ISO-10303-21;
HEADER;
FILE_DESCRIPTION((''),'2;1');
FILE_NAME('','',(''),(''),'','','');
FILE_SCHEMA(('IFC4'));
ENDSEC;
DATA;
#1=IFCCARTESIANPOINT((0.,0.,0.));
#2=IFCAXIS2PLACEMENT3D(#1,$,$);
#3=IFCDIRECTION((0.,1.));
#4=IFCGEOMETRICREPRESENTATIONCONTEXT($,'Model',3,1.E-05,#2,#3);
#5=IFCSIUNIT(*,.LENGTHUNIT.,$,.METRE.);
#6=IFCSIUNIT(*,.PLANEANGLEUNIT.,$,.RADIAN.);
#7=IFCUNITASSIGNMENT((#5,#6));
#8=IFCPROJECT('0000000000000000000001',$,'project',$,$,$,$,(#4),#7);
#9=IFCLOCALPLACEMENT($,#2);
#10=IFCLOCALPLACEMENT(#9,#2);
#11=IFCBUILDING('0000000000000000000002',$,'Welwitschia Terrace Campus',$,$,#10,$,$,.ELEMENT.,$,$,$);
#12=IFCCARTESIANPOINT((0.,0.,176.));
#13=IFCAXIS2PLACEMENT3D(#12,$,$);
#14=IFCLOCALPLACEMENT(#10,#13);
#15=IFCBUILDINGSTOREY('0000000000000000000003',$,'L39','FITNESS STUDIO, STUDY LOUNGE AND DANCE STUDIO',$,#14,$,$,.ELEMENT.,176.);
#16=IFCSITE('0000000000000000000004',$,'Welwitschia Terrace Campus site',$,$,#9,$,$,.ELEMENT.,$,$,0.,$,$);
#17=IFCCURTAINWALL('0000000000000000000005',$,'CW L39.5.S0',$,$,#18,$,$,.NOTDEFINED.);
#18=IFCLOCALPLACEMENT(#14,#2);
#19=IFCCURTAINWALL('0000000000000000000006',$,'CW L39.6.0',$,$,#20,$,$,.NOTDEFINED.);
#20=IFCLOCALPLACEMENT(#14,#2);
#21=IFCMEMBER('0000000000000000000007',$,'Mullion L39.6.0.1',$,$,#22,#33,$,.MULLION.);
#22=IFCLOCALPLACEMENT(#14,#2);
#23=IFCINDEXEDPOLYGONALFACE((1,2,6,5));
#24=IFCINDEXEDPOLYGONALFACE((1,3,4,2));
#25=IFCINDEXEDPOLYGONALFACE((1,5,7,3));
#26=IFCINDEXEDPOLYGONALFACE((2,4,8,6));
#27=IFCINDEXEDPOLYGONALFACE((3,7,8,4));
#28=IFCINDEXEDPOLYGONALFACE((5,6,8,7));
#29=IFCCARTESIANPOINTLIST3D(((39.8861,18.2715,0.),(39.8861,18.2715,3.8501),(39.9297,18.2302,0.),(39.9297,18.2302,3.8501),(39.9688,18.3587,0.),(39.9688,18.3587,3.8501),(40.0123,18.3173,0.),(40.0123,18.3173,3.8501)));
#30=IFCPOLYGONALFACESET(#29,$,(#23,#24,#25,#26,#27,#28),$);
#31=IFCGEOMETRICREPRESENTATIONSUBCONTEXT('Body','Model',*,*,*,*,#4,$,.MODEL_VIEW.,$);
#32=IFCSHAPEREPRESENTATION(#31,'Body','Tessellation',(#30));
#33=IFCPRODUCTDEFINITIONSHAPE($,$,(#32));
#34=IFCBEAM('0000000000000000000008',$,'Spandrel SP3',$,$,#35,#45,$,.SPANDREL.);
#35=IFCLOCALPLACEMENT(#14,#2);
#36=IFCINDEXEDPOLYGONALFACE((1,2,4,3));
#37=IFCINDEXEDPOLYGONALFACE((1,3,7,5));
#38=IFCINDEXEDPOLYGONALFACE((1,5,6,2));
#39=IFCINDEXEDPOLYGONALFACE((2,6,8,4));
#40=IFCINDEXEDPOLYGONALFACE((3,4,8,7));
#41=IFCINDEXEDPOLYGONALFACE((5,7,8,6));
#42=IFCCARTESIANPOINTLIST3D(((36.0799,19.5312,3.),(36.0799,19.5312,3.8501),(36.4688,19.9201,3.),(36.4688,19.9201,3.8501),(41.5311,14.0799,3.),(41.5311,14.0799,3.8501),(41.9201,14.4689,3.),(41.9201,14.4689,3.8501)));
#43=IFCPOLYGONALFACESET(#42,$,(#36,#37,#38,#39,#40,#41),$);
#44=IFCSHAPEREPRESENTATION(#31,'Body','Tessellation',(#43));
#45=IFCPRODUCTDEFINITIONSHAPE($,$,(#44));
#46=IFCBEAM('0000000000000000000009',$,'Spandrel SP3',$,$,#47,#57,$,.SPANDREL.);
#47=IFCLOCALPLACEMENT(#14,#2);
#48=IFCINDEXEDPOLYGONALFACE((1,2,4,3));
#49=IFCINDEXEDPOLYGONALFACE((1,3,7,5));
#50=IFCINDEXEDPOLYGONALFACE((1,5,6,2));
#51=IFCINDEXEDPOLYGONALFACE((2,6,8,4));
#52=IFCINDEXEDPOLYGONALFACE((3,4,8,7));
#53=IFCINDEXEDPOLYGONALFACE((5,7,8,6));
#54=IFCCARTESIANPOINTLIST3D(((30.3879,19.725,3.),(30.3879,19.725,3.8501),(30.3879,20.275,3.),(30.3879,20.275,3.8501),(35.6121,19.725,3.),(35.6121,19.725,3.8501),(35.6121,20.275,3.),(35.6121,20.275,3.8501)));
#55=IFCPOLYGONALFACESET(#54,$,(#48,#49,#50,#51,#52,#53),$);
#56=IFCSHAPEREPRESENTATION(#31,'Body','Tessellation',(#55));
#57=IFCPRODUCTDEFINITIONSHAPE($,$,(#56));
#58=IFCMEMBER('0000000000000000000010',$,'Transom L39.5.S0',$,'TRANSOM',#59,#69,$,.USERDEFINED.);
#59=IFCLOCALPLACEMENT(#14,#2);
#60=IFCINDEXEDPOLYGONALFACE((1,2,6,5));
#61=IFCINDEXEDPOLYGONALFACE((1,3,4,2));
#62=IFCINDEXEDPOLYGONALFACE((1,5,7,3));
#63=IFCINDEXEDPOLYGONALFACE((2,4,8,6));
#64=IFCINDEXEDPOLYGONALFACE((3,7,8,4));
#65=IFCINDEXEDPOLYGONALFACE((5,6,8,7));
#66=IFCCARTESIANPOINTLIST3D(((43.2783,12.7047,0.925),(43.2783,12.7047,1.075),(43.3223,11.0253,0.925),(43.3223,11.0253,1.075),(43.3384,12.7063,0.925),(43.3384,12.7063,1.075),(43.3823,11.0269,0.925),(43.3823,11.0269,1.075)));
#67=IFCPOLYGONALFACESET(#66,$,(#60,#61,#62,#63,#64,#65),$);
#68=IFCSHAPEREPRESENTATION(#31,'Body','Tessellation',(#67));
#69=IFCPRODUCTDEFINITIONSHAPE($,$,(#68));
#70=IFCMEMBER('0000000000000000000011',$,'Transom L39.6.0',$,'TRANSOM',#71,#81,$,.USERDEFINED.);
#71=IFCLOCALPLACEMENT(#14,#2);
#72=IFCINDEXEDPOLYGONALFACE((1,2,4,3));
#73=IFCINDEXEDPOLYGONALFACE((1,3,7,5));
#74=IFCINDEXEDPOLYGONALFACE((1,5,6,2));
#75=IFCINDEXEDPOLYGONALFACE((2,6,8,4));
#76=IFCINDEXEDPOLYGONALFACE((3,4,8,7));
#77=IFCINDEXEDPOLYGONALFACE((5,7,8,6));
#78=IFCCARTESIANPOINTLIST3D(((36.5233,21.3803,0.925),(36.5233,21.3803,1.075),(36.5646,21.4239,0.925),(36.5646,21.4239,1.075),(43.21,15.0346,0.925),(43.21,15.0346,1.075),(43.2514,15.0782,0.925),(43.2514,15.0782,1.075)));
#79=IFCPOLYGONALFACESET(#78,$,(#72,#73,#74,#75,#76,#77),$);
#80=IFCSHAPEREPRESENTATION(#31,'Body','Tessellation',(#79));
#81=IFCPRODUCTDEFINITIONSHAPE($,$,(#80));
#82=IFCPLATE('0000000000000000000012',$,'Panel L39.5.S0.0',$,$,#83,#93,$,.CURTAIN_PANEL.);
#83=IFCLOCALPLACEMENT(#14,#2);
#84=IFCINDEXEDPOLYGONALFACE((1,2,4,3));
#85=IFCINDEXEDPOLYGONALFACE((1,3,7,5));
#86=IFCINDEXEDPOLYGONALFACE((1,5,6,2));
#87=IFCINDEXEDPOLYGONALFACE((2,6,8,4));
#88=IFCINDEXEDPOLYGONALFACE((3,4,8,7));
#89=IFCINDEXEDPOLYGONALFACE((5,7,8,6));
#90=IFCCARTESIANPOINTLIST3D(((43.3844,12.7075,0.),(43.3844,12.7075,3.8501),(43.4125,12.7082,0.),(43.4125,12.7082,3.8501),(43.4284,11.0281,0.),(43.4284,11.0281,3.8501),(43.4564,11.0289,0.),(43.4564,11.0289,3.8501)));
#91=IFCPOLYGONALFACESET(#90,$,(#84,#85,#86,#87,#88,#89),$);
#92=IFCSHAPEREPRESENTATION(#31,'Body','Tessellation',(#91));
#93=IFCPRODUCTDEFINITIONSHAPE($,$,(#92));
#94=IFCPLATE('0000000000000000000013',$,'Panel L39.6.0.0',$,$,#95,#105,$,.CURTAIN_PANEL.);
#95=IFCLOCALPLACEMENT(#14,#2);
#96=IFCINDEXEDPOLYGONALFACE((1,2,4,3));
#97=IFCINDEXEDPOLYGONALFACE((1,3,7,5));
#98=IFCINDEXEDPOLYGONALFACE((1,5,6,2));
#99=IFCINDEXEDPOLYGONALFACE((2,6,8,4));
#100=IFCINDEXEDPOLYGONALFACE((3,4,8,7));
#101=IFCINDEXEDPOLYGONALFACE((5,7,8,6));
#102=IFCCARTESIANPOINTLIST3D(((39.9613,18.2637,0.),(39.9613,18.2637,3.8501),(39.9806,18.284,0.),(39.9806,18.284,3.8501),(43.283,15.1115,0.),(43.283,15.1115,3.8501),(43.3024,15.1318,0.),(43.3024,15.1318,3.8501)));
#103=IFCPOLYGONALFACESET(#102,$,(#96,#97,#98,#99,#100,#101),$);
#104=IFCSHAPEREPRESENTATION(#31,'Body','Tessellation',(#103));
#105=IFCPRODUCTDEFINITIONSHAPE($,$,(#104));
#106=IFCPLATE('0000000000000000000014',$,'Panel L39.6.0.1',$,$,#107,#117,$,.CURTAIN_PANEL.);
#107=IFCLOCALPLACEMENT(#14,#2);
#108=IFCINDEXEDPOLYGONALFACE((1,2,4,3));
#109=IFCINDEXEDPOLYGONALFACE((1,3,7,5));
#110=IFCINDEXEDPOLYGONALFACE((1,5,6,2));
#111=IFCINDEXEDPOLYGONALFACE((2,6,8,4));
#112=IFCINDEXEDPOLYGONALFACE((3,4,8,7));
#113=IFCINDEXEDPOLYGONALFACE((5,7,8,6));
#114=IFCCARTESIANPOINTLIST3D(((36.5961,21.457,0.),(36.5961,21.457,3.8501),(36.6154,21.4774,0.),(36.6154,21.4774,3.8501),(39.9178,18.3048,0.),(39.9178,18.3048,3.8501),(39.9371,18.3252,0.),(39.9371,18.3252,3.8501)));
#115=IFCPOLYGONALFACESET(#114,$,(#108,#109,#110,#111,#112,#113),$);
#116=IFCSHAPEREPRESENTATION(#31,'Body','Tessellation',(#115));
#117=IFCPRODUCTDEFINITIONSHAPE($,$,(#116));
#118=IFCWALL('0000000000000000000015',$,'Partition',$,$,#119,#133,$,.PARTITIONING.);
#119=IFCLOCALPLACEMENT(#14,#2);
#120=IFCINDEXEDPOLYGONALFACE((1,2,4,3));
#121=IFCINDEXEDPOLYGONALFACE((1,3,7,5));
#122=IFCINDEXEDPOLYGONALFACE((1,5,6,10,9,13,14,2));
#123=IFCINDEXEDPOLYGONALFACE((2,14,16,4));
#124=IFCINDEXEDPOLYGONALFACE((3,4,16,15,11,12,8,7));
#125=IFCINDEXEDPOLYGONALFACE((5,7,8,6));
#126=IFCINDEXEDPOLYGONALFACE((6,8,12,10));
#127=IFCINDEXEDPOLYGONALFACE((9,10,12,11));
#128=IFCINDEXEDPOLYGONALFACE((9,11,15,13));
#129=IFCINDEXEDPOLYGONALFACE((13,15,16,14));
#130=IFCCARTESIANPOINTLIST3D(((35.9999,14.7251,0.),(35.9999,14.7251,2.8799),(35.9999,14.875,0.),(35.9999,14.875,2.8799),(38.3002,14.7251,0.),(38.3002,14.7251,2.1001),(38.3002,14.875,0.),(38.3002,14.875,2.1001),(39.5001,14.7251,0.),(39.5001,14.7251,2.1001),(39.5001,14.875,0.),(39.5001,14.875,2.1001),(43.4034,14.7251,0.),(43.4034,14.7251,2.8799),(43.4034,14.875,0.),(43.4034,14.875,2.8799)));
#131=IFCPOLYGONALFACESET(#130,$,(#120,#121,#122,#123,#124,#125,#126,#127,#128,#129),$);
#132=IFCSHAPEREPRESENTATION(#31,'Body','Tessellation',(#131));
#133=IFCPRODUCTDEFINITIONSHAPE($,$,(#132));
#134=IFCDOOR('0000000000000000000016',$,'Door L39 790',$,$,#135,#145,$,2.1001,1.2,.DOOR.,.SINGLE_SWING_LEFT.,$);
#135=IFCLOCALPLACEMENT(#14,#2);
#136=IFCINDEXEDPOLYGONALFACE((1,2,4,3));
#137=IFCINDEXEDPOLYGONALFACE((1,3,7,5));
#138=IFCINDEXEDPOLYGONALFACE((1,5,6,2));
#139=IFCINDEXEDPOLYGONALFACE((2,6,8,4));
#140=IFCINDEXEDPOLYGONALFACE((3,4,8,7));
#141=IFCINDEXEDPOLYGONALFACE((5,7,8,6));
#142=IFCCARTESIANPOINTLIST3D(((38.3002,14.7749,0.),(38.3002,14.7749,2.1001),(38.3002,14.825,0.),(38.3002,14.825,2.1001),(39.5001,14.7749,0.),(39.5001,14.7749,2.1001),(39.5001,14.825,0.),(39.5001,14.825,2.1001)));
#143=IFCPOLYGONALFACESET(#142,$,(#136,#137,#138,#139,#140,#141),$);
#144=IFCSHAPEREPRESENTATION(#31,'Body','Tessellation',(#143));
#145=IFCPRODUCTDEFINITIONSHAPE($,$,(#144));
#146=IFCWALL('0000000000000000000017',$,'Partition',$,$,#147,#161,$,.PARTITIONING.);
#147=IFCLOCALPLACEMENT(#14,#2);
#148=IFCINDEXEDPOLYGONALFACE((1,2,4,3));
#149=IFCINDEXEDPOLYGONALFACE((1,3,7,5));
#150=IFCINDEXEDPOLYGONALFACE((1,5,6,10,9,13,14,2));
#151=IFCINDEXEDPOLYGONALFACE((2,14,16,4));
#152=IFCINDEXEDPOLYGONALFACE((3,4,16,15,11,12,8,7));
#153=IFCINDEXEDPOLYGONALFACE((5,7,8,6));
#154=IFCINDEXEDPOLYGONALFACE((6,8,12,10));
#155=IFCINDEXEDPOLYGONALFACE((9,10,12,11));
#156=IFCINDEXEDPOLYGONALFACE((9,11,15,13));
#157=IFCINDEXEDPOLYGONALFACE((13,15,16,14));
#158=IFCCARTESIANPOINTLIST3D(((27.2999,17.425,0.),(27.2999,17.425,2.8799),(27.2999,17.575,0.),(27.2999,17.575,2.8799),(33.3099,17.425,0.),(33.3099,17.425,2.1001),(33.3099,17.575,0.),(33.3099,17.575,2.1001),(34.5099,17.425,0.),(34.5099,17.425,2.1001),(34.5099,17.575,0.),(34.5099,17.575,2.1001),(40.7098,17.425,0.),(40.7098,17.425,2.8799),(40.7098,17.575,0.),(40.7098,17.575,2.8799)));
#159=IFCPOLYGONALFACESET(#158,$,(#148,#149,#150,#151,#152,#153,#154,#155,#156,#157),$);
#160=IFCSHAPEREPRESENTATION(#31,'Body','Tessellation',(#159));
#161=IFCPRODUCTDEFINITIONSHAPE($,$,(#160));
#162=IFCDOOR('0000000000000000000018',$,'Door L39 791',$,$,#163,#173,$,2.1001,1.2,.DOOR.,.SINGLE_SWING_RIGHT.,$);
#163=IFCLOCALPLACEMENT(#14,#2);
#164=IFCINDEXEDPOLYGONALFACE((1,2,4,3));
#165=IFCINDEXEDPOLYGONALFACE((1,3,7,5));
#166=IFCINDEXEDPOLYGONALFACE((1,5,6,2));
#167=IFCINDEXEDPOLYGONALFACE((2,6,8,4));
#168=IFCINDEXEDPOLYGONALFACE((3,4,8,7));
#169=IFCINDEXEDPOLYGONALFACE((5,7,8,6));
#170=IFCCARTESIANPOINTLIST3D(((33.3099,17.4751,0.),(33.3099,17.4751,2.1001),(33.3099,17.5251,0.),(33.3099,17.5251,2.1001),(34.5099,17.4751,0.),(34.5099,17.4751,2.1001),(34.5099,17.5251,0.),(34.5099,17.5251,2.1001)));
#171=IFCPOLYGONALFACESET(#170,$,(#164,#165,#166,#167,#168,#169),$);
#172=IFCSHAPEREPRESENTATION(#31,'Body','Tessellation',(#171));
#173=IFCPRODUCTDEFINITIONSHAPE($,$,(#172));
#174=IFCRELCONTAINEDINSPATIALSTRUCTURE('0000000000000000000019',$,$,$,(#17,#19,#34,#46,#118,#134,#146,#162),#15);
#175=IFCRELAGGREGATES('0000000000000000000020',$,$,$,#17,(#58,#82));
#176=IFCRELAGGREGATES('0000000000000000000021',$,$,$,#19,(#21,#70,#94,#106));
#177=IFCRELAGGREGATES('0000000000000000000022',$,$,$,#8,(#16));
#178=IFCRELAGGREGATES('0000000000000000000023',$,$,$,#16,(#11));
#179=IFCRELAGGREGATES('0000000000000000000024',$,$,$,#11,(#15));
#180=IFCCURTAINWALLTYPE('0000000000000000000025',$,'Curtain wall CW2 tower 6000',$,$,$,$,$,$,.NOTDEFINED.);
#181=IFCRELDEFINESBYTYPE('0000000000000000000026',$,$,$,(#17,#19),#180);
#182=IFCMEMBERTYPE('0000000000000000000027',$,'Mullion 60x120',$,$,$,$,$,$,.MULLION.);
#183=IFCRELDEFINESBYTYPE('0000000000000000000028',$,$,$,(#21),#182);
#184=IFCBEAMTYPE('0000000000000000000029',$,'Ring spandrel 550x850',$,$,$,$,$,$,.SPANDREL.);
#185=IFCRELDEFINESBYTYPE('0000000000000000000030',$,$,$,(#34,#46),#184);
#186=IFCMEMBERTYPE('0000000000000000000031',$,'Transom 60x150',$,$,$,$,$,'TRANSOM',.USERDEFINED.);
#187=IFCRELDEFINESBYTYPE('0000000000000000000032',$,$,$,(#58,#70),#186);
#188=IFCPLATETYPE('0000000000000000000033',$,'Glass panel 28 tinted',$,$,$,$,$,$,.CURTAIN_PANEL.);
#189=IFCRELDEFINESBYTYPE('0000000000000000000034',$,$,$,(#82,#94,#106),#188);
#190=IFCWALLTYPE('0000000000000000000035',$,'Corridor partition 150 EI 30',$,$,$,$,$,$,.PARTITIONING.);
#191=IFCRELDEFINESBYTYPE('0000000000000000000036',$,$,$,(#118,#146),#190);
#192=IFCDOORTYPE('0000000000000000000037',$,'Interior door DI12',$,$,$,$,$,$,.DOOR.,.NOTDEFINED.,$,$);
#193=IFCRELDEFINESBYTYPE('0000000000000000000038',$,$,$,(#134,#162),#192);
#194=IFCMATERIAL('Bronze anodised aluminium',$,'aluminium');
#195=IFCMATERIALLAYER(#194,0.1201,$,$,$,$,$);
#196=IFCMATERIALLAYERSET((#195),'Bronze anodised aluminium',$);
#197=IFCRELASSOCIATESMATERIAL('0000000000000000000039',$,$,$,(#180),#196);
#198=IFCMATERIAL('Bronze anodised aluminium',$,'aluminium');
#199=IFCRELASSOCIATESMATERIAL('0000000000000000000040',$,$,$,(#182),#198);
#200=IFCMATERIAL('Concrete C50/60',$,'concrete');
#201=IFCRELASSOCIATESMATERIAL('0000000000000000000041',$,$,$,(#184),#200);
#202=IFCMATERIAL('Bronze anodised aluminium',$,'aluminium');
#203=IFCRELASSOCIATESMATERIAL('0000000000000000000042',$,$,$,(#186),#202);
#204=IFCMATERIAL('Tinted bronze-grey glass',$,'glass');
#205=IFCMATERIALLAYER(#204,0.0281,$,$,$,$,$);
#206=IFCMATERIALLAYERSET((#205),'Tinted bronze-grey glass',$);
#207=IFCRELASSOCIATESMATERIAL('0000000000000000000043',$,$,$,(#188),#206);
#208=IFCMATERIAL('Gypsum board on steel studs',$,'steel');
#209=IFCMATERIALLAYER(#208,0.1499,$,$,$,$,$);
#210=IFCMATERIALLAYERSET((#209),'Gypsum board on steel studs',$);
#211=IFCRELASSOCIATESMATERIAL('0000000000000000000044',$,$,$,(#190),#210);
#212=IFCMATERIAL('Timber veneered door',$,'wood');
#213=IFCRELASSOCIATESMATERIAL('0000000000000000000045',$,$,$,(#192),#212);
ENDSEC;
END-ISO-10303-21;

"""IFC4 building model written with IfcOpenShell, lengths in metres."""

from ifc_helpers import new_model, si_unit, direction, frame, frame_2d, origin, origin_2d, place, context, subcontext, project, spatial, rectangle, extrude, material, layer, layer_set, material_profile, profile_set, type_object, element, fill, aggregate, save


model = new_model("IFC4")

# Units and contexts
model_context = context("Model", 3, precision=1e-05, world=origin(), true_north=direction((0.0, 1.0)))
body_context = subcontext(model_context, "Body", "Model", "MODEL_VIEW")
ifc_project = project(units=[si_unit("LENGTHUNIT", "METRE"), si_unit("PLANEANGLEUNIT", "RADIAN")], contexts=[model_context])

# Site, building, storey
site_placement = place(None, origin())
site = spatial("IfcSite", under=ifc_project, at=site_placement, Name="Welwitschia Terrace Campus site", CompositionType="ELEMENT", RefElevation=0.0)
building_placement = place(site_placement, origin())
building = spatial("IfcBuilding", under=site, at=building_placement, Name="Welwitschia Terrace Campus", CompositionType="ELEMENT")
storey_placement = place(building_placement, frame((0.0, 0.0, 176.0)))
storey = spatial("IfcBuildingStorey", under=building, at=storey_placement, Name="L39", Description="FITNESS STUDIO, STUDY LOUNGE AND DANCE STUDIO", CompositionType="ELEMENT", Elevation=176.0)

# Curtain walls, member
ifc_material_1 = material(Name="Bronze anodised aluminium", Category="aluminium")
ifc_layer_1 = layer(ifc_material_1, 0.1201)
ifc_layer_set_1 = layer_set([ifc_layer_1], Name="Bronze anodised aluminium")
curtain_wall_type = type_object("IfcCurtainWallType", Name="Curtain wall CW2 tower 6000", PredefinedType="NOTDEFINED", material=ifc_layer_set_1)
curtain_wall_1_placement = place(storey_placement, origin())
curtain_wall_1 = element("IfcCurtainWall", 1, at=curtain_wall_1_placement, inside=storey, type_object=curtain_wall_type, Name="CW L39.5.S0", PredefinedType="NOTDEFINED")
ifc_material_2 = material(Name="Bronze anodised aluminium", Category="aluminium")
ifc_material_profile_1 = material_profile(ifc_material_2, rectangle(XDim=0.1201, YDim=0.0601, at=origin_2d()))
ifc_profile_set_1 = profile_set([ifc_material_profile_1], Name="Bronze anodised aluminium")
member_type_1 = type_object("IfcMemberType", Name="Mullion 60x120", PredefinedType="MULLION", material=ifc_profile_set_1)
curtain_wall_2_placement = place(storey_placement, origin())
curtain_wall_2 = element("IfcCurtainWall", 2, at=curtain_wall_2_placement, inside=storey, type_object=curtain_wall_type, Name="CW L39.6.0", PredefinedType="NOTDEFINED")
member_1_placement = place(storey_placement, frame((39.9492, 18.2944, 0.0), z_axis=(0.0, 0.0, 1.0), x_axis=(-0.688355, -0.725374, 0.0)))
member_1 = element("IfcMember", 3, at=member_1_placement, type_object=member_type_1, Name="Mullion L39.6.0.1", PredefinedType="MULLION", context=body_context, shape_type="SweptSolid", body=[
    extrude(rectangle(XDim=0.1201, YDim=0.0601, at=origin_2d()), origin(), (0.0, 0.0, 1.0), 3.8501),
])

# Beams
ifc_material_3 = material(Name="Concrete C50/60", Category="concrete")
ifc_material_profile_2 = material_profile(ifc_material_3, rectangle(XDim=0.55, YDim=0.8501, at=origin_2d()))
ifc_profile_set_2 = profile_set([ifc_material_profile_2], Name="Concrete C50/60")
beam_type_1 = type_object("IfcBeamType", Name="Ring spandrel 550x850", PredefinedType="SPANDREL", material=ifc_profile_set_2)
beam_1_placement = place(storey_placement, frame((41.7256, 14.2744, 3.425), z_axis=(-0.707107, 0.707107, 0.0), x_axis=(-0.707107, -0.707107, 0.0)))
element("IfcBeam", 4, at=beam_1_placement, inside=storey, type_object=beam_type_1, Name="Spandrel SP3", PredefinedType="SPANDREL", context=body_context, shape_type="SweptSolid", body=[
    extrude(rectangle(XDim=0.55, YDim=0.8501, at=origin_2d()), origin(), (0.0, 0.0, 1.0), 7.7092),
])
beam_2_placement = place(storey_placement, frame((35.6121, 20.0, 3.425), z_axis=(-1.0, 0.0, 0.0), x_axis=(0.0, -1.0, 0.0)))
element("IfcBeam", 5, at=beam_2_placement, inside=storey, type_object=beam_type_1, Name="Spandrel SP3", PredefinedType="SPANDREL", context=body_context, shape_type="SweptSolid", body=[
    extrude(rectangle(XDim=0.55, YDim=0.8501, at=origin_2d()), origin(), (0.0, 0.0, 1.0), 5.2241),
])

# Members
ifc_material_4 = material(Name="Bronze anodised aluminium", Category="aluminium")
ifc_material_profile_3 = material_profile(ifc_material_4, rectangle(XDim=0.0601, YDim=0.1499, at=origin_2d()))
ifc_profile_set_3 = profile_set([ifc_material_profile_3], Name="Bronze anodised aluminium")
member_type_2 = type_object("IfcMemberType", Name="Transom 60x150", ElementType="TRANSOM", PredefinedType="USERDEFINED", material=ifc_profile_set_3)
member_2_placement = place(storey_placement, frame((43.3523, 11.0261, 1.0), z_axis=(-0.026158, 0.999658, 0.0), x_axis=(-0.999658, -0.026158, 0.0)))
member_2 = element("IfcMember", 6, at=member_2_placement, type_object=member_type_2, Name="Transom L39.5.S0", ObjectType="TRANSOM", PredefinedType="USERDEFINED", context=body_context, shape_type="SweptSolid", body=[
    extrude(rectangle(XDim=0.0601, YDim=0.1499, at=origin_2d()), origin(), (0.0, 0.0, 1.0), 1.6799),
])
member_3_placement = place(storey_placement, frame((43.2307, 15.0564, 1.0), z_axis=(-0.725364, 0.688366, 0.0), x_axis=(-0.688366, -0.725364, 0.0)))
member_3 = element("IfcMember", 7, at=member_3_placement, type_object=member_type_2, Name="Transom L39.6.0", ObjectType="TRANSOM", PredefinedType="USERDEFINED", context=body_context, shape_type="SweptSolid", body=[
    extrude(rectangle(XDim=0.0601, YDim=0.1499, at=origin_2d()), origin(), (0.0, 0.0, 1.0), 9.2185),
])

# Plates
ifc_material_5 = material(Name="Tinted bronze-grey glass", Category="glass")
ifc_layer_2 = layer(ifc_material_5, 0.0281)
ifc_layer_set_2 = layer_set([ifc_layer_2], Name="Tinted bronze-grey glass")
plate_type = type_object("IfcPlateType", Name="Glass panel 28 tinted", PredefinedType="CURTAIN_PANEL", material=ifc_layer_set_2)
plate_1_placement = place(storey_placement, frame((43.4204, 11.8682, 0.0), z_axis=(0.0, 0.0, 1.0), x_axis=(-0.026177, 0.999657, 0.0)))
plate_1 = element("IfcPlate", 8, at=plate_1_placement, type_object=plate_type, Name="Panel L39.5.S0.0", PredefinedType="CURTAIN_PANEL", context=body_context, shape_type="SweptSolid", body=[
    extrude(rectangle(XDim=1.6799, YDim=0.0281, at=origin_2d()), origin(), (0.0, 0.0, 1.0), 3.8501),
])
aggregate(curtain_wall_1, [member_2, plate_1])
plate_2_placement = place(storey_placement, frame((41.6318, 16.6978, 0.0), z_axis=(0.0, 0.0, 1.0), x_axis=(-0.725374, 0.688355, 0.0)))
plate_2 = element("IfcPlate", 9, at=plate_2_placement, type_object=plate_type, Name="Panel L39.6.0.0", PredefinedType="CURTAIN_PANEL", context=body_context, shape_type="SweptSolid", body=[
    extrude(rectangle(XDim=4.5793, YDim=0.0281, at=origin_2d()), origin(), (0.0, 0.0, 1.0), 3.8501),
])
plate_3_placement = place(storey_placement, frame((38.2666, 19.8911, 0.0), z_axis=(0.0, 0.0, 1.0), x_axis=(-0.725374, 0.688355, 0.0)))
plate_3 = element("IfcPlate", 10, at=plate_3_placement, type_object=plate_type, Name="Panel L39.6.0.1", PredefinedType="CURTAIN_PANEL", context=body_context, shape_type="SweptSolid", body=[
    extrude(rectangle(XDim=4.5793, YDim=0.0281, at=origin_2d()), origin(), (0.0, 0.0, 1.0), 3.8501),
])
aggregate(curtain_wall_2, [member_1, member_3, plate_2, plate_3])

# Walls, openings, doors
ifc_material_6 = material(Name="Gypsum board on steel studs", Category="steel")
ifc_layer_3 = layer(ifc_material_6, 0.1499)
ifc_layer_set_3 = layer_set([ifc_layer_3], Name="Gypsum board on steel studs")
wall_type_1 = type_object("IfcWallType", Name="Corridor partition 150 EI 30", PredefinedType="PARTITIONING", material=ifc_layer_set_3)
wall_1_placement = place(storey_placement, frame((36.0, 14.8, 0.0), z_axis=(0.0, 0.0, 1.0), x_axis=(1.0, 0.0, 0.0)))
wall_1 = element("IfcWall", 11, at=wall_1_placement, inside=storey, type_object=wall_type_1, Name="Partition", PredefinedType="PARTITIONING", context=body_context, shape_type="SweptSolid", body=[
    extrude(rectangle(XDim=7.4036, YDim=0.1499, at=frame_2d((3.7017, 0.0))), origin(), (0.0, 0.0, 1.0), 2.8799),
])
opening_1_placement = place(wall_1_placement, frame((2.3, 0.0, 0.0)))
opening_1 = element("IfcOpeningElement", 12, at=opening_1_placement, cuts=wall_1, PredefinedType="OPENING", context=body_context, shape_type="SweptSolid", body=[
    extrude(rectangle(XDim=1.2, YDim=2.1001, at=frame_2d((0.6001, 1.05))), frame((0.0, 0.085, 0.0), z_axis=(0.0, -1.0, 0.0), x_axis=(1.0, 0.0, 0.0)), (0.0, 0.0, 1.0), 0.1699),
])
ifc_material_7 = material(Name="Timber veneered door", Category="wood")
door_type = type_object("IfcDoorType", Name="Interior door DI12", OperationType="NOTDEFINED", PredefinedType="DOOR", material=ifc_material_7)
door_1_placement = place(opening_1_placement, origin())
door_1 = element("IfcDoor", 13, at=door_1_placement, inside=storey, type_object=door_type, Name="Door L39 790", OperationType="SINGLE_SWING_LEFT", OverallHeight=2.1001, OverallWidth=1.2, PredefinedType="DOOR", context=body_context, shape_type="SweptSolid", body=[
    extrude(rectangle(XDim=1.2, YDim=2.1001, at=frame_2d((0.6001, 1.05))), frame((0.0, 0.0249, 0.0), z_axis=(0.0, -1.0, 0.0), x_axis=(1.0, 0.0, 0.0)), (0.0, 0.0, 1.0), 0.05),
])
fill(opening_1, door_1)
wall_2_placement = place(storey_placement, frame((40.71, 17.5, 0.0), z_axis=(0.0, 0.0, 1.0), x_axis=(-1.0, 0.0, 0.0)))
wall_2 = element("IfcWall", 14, at=wall_2_placement, inside=storey, type_object=wall_type_1, Name="Partition", PredefinedType="PARTITIONING", context=body_context, shape_type="SweptSolid", body=[
    extrude(rectangle(XDim=13.4099, YDim=0.1499, at=frame_2d((6.7051, 0.0))), origin(), (0.0, 0.0, 1.0), 2.8799),
])
opening_2_placement = place(wall_2_placement, frame((6.2, 0.0, 0.0)))
opening_2 = element("IfcOpeningElement", 15, at=opening_2_placement, cuts=wall_2, PredefinedType="OPENING", context=body_context, shape_type="SweptSolid", body=[
    extrude(rectangle(XDim=1.2, YDim=2.1001, at=frame_2d((0.6001, 1.05))), frame((0.0, 0.085, 0.0), z_axis=(0.0, -1.0, 0.0), x_axis=(1.0, 0.0, 0.0)), (0.0, 0.0, 1.0), 0.1699),
])
door_2_placement = place(opening_2_placement, origin())
door_2 = element("IfcDoor", 16, at=door_2_placement, inside=storey, type_object=door_type, Name="Door L39 791", OperationType="SINGLE_SWING_RIGHT", OverallHeight=2.1001, OverallWidth=1.2, PredefinedType="DOOR", context=body_context, shape_type="SweptSolid", body=[
    extrude(rectangle(XDim=1.2, YDim=2.1001, at=frame_2d((0.6001, 1.05))), frame((0.0, 0.0249, 0.0), z_axis=(0.0, -1.0, 0.0), x_axis=(1.0, 0.0, 0.0)), (0.0, 0.0, 1.0), 0.05),
])
fill(opening_2, door_2)

save(model, "model.ifc")
